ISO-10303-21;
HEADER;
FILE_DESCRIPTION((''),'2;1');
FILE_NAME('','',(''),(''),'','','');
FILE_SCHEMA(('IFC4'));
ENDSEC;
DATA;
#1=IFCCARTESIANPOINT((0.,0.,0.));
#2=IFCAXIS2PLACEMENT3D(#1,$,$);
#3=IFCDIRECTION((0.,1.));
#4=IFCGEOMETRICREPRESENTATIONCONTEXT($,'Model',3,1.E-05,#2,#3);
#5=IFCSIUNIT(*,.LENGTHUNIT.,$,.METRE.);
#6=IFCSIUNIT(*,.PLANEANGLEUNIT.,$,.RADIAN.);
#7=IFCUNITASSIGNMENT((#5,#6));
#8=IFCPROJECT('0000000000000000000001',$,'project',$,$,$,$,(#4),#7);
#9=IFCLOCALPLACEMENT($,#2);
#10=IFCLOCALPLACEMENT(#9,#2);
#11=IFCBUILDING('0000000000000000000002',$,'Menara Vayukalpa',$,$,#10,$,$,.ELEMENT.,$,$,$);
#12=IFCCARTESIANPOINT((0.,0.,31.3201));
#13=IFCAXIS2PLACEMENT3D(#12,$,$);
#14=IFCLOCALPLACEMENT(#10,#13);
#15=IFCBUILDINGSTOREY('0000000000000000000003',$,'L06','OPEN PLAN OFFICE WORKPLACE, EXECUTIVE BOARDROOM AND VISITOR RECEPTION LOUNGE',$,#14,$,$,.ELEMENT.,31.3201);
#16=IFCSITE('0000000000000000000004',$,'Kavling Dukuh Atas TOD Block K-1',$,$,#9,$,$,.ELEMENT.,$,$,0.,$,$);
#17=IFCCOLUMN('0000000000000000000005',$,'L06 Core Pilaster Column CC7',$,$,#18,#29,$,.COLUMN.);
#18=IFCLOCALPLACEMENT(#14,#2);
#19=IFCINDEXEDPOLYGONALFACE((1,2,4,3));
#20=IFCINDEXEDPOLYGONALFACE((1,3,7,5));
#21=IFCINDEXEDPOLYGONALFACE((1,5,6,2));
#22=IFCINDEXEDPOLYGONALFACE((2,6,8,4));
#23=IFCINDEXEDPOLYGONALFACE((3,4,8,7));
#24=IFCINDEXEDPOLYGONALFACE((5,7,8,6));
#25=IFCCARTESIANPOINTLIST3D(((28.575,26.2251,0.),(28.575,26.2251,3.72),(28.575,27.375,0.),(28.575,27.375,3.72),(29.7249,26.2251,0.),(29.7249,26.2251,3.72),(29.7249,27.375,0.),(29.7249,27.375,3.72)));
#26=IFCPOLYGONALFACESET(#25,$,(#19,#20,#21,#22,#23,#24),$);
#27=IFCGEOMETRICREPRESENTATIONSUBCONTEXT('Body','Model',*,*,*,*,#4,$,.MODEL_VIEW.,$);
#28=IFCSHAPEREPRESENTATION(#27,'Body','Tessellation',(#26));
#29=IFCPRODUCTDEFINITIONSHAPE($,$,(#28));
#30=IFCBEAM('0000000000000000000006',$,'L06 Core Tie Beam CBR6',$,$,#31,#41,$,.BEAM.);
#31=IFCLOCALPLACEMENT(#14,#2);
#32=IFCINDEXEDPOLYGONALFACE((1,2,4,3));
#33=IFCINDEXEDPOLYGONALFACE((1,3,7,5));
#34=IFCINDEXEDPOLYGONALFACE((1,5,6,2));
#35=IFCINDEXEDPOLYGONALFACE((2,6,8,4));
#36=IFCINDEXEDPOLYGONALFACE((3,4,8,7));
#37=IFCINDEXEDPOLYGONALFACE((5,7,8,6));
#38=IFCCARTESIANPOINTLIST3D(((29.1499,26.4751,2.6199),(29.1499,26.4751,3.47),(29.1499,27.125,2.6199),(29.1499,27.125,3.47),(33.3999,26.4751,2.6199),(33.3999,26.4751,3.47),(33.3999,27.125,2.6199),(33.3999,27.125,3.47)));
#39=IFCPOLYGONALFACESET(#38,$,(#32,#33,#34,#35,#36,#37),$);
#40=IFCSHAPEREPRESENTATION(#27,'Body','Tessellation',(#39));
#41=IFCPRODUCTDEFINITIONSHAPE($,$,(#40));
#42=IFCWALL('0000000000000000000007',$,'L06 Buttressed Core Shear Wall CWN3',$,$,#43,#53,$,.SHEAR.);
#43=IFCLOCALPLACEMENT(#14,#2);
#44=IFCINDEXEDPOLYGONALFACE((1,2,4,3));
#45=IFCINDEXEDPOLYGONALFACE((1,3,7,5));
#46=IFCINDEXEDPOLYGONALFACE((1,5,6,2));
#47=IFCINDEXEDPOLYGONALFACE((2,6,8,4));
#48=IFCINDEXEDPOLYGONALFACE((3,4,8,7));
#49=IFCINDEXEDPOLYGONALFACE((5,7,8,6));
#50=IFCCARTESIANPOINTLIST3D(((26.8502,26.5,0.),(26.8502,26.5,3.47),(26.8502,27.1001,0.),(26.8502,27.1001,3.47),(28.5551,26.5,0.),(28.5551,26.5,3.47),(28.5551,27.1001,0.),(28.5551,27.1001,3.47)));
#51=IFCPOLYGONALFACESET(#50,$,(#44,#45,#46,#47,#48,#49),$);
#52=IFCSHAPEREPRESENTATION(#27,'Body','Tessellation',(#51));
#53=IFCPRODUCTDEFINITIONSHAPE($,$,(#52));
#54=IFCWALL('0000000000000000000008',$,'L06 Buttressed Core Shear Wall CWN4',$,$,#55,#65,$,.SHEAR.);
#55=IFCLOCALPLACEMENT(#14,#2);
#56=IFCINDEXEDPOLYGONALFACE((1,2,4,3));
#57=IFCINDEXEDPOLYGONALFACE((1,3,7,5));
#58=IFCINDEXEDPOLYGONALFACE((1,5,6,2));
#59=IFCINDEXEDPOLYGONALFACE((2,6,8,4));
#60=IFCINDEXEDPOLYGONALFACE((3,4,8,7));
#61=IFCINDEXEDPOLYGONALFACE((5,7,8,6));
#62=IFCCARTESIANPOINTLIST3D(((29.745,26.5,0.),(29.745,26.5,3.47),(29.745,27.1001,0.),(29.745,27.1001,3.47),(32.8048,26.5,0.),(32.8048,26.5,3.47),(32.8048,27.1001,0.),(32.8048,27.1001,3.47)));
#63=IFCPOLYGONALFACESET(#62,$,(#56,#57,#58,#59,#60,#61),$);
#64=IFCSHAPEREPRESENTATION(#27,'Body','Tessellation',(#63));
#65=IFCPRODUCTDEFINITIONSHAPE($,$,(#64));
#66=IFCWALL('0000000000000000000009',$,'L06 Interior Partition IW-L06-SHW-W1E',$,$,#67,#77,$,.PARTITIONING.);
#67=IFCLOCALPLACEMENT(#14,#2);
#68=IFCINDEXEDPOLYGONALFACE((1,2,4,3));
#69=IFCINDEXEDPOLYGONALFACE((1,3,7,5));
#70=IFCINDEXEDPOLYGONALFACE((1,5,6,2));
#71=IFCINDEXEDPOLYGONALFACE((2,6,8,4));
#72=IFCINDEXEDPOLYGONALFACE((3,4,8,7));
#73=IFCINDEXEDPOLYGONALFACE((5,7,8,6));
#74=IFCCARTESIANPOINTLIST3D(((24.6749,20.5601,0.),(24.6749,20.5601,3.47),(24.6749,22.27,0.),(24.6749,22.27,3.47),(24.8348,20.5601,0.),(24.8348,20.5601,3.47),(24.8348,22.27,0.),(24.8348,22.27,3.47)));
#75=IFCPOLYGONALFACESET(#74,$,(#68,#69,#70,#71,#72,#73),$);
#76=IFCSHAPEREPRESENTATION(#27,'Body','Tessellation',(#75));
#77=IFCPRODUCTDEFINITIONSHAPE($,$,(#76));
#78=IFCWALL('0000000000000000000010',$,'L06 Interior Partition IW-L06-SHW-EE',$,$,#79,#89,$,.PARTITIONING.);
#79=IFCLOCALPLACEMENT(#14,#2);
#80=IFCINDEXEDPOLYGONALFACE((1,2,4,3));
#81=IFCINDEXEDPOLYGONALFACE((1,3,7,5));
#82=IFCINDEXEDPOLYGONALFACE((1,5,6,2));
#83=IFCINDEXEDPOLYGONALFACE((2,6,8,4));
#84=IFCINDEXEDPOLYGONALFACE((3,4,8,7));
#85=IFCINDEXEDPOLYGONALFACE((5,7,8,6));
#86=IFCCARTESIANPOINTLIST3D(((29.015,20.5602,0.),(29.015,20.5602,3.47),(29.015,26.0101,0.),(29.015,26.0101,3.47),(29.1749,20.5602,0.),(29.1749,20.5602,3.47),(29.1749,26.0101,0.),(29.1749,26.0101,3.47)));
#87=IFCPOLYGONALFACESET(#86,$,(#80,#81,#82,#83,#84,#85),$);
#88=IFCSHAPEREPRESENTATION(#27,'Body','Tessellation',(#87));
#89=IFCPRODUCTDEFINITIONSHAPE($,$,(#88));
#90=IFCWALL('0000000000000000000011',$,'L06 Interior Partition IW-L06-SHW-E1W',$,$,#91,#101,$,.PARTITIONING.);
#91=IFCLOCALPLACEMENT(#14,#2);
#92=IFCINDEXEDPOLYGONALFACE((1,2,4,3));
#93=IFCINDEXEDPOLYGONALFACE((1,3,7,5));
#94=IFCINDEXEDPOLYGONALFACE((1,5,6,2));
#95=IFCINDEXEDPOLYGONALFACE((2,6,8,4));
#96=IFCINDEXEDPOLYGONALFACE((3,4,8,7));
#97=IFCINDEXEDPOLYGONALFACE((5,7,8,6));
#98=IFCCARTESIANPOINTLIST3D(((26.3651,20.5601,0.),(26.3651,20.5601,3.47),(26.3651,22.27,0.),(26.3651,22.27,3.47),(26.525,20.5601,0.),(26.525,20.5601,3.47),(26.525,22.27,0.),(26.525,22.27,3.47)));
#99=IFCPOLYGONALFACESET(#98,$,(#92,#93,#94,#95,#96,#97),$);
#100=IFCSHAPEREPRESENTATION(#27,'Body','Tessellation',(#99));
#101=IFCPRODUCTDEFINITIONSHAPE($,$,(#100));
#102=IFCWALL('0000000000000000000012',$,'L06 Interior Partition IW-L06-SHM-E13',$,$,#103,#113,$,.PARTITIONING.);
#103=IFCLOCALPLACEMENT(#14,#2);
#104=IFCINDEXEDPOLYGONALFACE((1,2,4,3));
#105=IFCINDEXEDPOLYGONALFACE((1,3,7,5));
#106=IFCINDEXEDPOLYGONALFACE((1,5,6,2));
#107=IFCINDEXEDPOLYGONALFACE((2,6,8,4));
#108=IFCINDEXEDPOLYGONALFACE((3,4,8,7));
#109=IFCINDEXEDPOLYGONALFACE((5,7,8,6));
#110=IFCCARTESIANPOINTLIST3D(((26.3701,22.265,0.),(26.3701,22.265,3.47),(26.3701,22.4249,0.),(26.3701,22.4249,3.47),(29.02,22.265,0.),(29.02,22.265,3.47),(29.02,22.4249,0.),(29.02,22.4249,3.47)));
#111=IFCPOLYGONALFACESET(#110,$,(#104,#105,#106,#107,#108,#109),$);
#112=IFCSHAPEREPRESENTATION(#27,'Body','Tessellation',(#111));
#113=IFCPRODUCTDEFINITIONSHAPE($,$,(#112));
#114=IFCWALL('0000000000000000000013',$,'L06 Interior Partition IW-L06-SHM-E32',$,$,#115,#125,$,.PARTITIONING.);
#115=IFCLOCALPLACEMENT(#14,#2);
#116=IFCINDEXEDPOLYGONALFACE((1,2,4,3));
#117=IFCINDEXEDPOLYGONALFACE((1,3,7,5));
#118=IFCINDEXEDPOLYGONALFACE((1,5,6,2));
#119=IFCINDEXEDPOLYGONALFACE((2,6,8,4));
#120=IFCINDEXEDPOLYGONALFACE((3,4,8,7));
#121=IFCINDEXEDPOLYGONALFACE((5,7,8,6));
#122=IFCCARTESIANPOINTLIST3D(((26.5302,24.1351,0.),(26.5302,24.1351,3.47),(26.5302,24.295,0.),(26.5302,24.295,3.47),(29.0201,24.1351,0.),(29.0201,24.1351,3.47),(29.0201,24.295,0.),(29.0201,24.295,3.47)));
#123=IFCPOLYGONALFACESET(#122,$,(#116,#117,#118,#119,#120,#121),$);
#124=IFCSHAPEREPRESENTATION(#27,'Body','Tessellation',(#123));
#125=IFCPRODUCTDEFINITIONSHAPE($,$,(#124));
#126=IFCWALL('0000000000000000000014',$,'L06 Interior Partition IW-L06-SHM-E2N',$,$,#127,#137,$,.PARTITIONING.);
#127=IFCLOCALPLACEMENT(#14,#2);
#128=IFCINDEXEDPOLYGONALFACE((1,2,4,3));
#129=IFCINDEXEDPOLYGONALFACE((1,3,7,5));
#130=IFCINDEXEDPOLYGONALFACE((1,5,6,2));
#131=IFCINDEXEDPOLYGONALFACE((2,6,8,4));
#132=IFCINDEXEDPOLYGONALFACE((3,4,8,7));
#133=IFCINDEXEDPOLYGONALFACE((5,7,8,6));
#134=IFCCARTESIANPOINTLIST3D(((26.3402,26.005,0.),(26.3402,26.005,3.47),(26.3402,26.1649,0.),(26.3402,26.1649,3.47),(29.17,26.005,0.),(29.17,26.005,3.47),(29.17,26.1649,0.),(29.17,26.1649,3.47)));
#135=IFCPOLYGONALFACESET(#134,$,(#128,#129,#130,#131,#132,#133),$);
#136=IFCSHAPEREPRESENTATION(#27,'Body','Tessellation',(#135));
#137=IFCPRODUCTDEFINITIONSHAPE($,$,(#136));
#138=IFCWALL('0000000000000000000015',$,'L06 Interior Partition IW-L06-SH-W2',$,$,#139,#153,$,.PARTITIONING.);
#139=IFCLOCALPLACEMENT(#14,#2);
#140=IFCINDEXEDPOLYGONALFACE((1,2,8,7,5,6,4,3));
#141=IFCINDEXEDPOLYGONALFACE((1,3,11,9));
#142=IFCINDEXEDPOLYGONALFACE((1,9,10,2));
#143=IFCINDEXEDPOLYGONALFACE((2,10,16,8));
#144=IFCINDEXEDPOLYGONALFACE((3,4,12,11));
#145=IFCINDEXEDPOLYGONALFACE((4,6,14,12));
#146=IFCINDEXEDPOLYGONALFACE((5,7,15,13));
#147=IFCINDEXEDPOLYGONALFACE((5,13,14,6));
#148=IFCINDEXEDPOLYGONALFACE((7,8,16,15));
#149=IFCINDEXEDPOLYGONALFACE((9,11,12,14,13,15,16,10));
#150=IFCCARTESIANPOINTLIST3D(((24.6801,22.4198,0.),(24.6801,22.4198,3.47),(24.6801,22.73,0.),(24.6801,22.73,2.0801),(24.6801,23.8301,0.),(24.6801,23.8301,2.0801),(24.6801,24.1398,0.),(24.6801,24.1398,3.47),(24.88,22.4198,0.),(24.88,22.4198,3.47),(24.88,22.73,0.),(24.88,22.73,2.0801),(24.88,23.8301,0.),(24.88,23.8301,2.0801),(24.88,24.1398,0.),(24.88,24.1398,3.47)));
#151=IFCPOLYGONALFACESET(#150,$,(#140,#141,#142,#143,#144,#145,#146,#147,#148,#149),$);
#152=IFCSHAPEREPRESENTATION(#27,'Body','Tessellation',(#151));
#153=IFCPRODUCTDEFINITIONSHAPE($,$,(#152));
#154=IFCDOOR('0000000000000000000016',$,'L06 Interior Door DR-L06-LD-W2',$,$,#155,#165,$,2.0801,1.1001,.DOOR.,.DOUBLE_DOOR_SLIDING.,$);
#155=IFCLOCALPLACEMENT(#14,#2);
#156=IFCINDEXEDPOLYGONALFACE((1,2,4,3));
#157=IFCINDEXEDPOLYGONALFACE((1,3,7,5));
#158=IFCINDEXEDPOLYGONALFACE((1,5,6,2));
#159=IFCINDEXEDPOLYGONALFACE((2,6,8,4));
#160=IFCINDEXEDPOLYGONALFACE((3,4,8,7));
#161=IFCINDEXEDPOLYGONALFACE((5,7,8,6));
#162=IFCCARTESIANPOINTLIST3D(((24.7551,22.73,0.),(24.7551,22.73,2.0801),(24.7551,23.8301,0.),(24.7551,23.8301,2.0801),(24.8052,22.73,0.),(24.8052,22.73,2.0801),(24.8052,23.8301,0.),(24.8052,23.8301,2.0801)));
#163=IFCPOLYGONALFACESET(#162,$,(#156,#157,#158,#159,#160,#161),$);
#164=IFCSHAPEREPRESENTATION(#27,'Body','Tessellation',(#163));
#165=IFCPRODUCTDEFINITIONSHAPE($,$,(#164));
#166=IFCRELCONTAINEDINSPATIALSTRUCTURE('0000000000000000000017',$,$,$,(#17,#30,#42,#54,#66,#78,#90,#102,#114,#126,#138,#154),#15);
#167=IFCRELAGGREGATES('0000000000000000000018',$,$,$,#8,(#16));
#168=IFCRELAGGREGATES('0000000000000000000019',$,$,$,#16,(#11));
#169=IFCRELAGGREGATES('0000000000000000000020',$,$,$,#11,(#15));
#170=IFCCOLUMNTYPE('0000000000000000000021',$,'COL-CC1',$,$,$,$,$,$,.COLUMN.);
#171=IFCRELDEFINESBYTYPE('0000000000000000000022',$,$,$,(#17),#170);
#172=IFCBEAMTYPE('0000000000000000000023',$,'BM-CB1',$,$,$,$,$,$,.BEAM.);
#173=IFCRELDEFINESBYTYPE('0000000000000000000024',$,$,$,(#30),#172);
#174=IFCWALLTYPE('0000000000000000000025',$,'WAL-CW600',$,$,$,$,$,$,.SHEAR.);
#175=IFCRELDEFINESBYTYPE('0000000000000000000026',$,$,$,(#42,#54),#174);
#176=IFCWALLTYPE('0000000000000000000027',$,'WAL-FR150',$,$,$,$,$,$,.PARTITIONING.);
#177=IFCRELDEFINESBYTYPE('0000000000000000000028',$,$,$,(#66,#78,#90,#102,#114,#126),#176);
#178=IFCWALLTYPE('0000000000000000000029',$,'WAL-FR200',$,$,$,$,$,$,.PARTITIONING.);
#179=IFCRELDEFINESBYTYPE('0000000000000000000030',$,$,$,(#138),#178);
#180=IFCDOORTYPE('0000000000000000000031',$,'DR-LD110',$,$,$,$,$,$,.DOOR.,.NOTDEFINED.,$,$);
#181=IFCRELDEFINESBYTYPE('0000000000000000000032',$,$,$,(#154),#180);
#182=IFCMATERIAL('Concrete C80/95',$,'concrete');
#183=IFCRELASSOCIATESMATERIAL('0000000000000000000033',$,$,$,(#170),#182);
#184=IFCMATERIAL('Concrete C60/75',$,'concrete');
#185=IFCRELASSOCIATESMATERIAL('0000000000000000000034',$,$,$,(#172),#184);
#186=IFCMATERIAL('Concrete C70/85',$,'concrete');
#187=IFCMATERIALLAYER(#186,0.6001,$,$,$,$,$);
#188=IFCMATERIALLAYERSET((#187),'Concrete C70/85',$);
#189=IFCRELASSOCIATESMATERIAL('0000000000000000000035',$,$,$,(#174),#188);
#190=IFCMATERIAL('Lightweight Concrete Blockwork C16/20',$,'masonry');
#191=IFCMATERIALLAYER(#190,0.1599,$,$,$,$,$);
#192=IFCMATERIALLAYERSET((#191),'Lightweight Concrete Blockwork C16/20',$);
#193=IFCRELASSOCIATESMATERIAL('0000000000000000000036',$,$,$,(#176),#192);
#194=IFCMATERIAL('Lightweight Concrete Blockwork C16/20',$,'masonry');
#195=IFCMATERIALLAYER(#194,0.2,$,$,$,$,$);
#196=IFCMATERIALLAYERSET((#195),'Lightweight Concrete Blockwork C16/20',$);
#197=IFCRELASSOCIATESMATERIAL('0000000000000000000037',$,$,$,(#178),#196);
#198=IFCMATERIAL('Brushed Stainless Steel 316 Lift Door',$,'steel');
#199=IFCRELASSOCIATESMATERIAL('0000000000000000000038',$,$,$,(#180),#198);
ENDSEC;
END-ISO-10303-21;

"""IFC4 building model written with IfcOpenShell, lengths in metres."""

from ifc_helpers import new_model, si_unit, direction, frame, frame_2d, origin, origin_2d, place, context, subcontext, project, spatial, rectangle, extrude, material, layer, layer_set, material_profile, profile_set, type_object, element, fill, save


model = new_model("IFC4")

# Units and contexts
model_context = context("Model", 3, precision=1e-05, world=origin(), true_north=direction((0.0, 1.0)))
body_context = subcontext(model_context, "Body", "Model", "MODEL_VIEW")
ifc_project = project(units=[si_unit("LENGTHUNIT", "METRE"), si_unit("PLANEANGLEUNIT", "RADIAN")], contexts=[model_context])

# Site, building, storey
site_placement = place(None, origin())
site = spatial("IfcSite", under=ifc_project, at=site_placement, Name="Kavling Dukuh Atas TOD Block K-1", CompositionType="ELEMENT", RefElevation=0.0)
building_placement = place(site_placement, origin())
building = spatial("IfcBuilding", under=site, at=building_placement, Name="Menara Vayukalpa", CompositionType="ELEMENT")
storey_placement = place(building_placement, frame((0.0, 0.0, 31.3201)))
storey = spatial("IfcBuildingStorey", under=building, at=storey_placement, Name="L06", Description="OPEN PLAN OFFICE WORKPLACE, EXECUTIVE BOARDROOM AND VISITOR RECEPTION LOUNGE", CompositionType="ELEMENT", Elevation=31.3201)

# Column
ifc_material_1 = material(Name="Concrete C80/95", Category="concrete")
ifc_material_profile_1 = material_profile(ifc_material_1, rectangle(XDim=1.1499, YDim=1.1499, at=origin_2d()), Name="RC 1150x1150")
ifc_profile_set_1 = profile_set([ifc_material_profile_1], Name="Concrete C80/95")
column_type = type_object("IfcColumnType", Name="COL-CC1", PredefinedType="COLUMN", material=ifc_profile_set_1)
column_placement = place(storey_placement, frame((29.1499, 26.8, 0.0), z_axis=(0.0, 0.0, 1.0), x_axis=(1.0, 0.0, 0.0)))
element("IfcColumn", 1, at=column_placement, inside=storey, type_object=column_type, Name="L06 Core Pilaster Column CC7", PredefinedType="COLUMN", context=body_context, shape_type="SweptSolid", body=[
    extrude(rectangle(XDim=1.1499, YDim=1.1499, at=origin_2d()), origin(), (0.0, 0.0, 1.0), 3.72),
])

# Beam
ifc_material_2 = material(Name="Concrete C60/75", Category="concrete")
ifc_material_profile_2 = material_profile(ifc_material_2, rectangle(XDim=0.6499, YDim=0.8501, at=origin_2d()), Name="RC 650x850")
ifc_profile_set_2 = profile_set([ifc_material_profile_2], Name="Concrete C60/75")
beam_type = type_object("IfcBeamType", Name="BM-CB1", PredefinedType="BEAM", material=ifc_profile_set_2)
beam_placement = place(storey_placement, frame((29.1499, 26.8, 3.0449), z_axis=(1.0, 0.0, 0.0), x_axis=(0.0, 1.0, 0.0)))
element("IfcBeam", 2, at=beam_placement, inside=storey, type_object=beam_type, Name="L06 Core Tie Beam CBR6", PredefinedType="BEAM", context=body_context, shape_type="SweptSolid", body=[
    extrude(rectangle(XDim=0.6499, YDim=0.8501, at=origin_2d()), origin(), (0.0, 0.0, 1.0), 4.25),
])

# Walls
ifc_material_3 = material(Name="Concrete C70/85", Category="concrete")
ifc_layer_1 = layer(ifc_material_3, 0.6001)
ifc_layer_set_1 = layer_set([ifc_layer_1], Name="Concrete C70/85")
wall_type_1 = type_object("IfcWallType", Name="WAL-CW600", PredefinedType="SHEAR", material=ifc_layer_set_1)
wall_1_placement = place(storey_placement, frame((26.8501, 26.8, 0.0), z_axis=(0.0, 0.0, 1.0), x_axis=(1.0, 0.0, 0.0)))
element("IfcWall", 3, at=wall_1_placement, inside=storey, type_object=wall_type_1, Name="L06 Buttressed Core Shear Wall CWN3", PredefinedType="SHEAR", context=body_context, shape_type="SweptSolid", body=[
    extrude(rectangle(XDim=1.7048, YDim=0.6001, at=frame_2d((0.8525, 0.0))), origin(), (0.0, 0.0, 1.0), 3.47),
])
wall_2_placement = place(storey_placement, frame((29.7451, 26.8, 0.0), z_axis=(0.0, 0.0, 1.0), x_axis=(1.0, 0.0, 0.0)))
element("IfcWall", 4, at=wall_2_placement, inside=storey, type_object=wall_type_1, Name="L06 Buttressed Core Shear Wall CWN4", PredefinedType="SHEAR", context=body_context, shape_type="SweptSolid", body=[
    extrude(rectangle(XDim=3.0598, YDim=0.6001, at=frame_2d((1.5298, 0.0))), origin(), (0.0, 0.0, 1.0), 3.47),
])
ifc_material_4 = material(Name="Lightweight Concrete Blockwork C16/20", Category="masonry")
ifc_layer_2 = layer(ifc_material_4, 0.1599)
ifc_layer_set_2 = layer_set([ifc_layer_2], Name="Lightweight Concrete Blockwork C16/20")
wall_type_2 = type_object("IfcWallType", Name="WAL-FR150", PredefinedType="PARTITIONING", material=ifc_layer_set_2)
wall_3_placement = place(storey_placement, frame((24.7549, 20.5601, 0.0), z_axis=(0.0, 0.0, 1.0), x_axis=(0.0, 1.0, 0.0)))
element("IfcWall", 5, at=wall_3_placement, inside=storey, type_object=wall_type_2, Name="L06 Interior Partition IW-L06-SHW-W1E", PredefinedType="PARTITIONING", context=body_context, shape_type="SweptSolid", body=[
    extrude(rectangle(XDim=1.71, YDim=0.1599, at=frame_2d((0.855, 0.0))), origin(), (0.0, 0.0, 1.0), 3.47),
])
wall_4_placement = place(storey_placement, frame((29.095, 20.5601, 0.0), z_axis=(0.0, 0.0, 1.0), x_axis=(0.0, 1.0, 0.0)))
element("IfcWall", 6, at=wall_4_placement, inside=storey, type_object=wall_type_2, Name="L06 Interior Partition IW-L06-SHW-EE", PredefinedType="PARTITIONING", context=body_context, shape_type="SweptSolid", body=[
    extrude(rectangle(XDim=5.45, YDim=0.1599, at=frame_2d((2.7251, 0.0))), origin(), (0.0, 0.0, 1.0), 3.47),
])
wall_5_placement = place(storey_placement, frame((26.4451, 20.5601, 0.0), z_axis=(0.0, 0.0, 1.0), x_axis=(0.0, 1.0, 0.0)))
element("IfcWall", 7, at=wall_5_placement, inside=storey, type_object=wall_type_2, Name="L06 Interior Partition IW-L06-SHW-E1W", PredefinedType="PARTITIONING", context=body_context, shape_type="SweptSolid", body=[
    extrude(rectangle(XDim=1.71, YDim=0.1599, at=frame_2d((0.855, 0.0))), origin(), (0.0, 0.0, 1.0), 3.47),
])
wall_6_placement = place(storey_placement, frame((26.3701, 22.345, 0.0), z_axis=(0.0, 0.0, 1.0), x_axis=(1.0, 0.0, 0.0)))
element("IfcWall", 8, at=wall_6_placement, inside=storey, type_object=wall_type_2, Name="L06 Interior Partition IW-L06-SHM-E13", PredefinedType="PARTITIONING", context=body_context, shape_type="SweptSolid", body=[
    extrude(rectangle(XDim=2.6499, YDim=0.1599, at=frame_2d((1.325, 0.0))), origin(), (0.0, 0.0, 1.0), 3.47),
])
wall_7_placement = place(storey_placement, frame((26.53, 24.2151, 0.0), z_axis=(0.0, 0.0, 1.0), x_axis=(1.0, 0.0, 0.0)))
element("IfcWall", 9, at=wall_7_placement, inside=storey, type_object=wall_type_2, Name="L06 Interior Partition IW-L06-SHM-E32", PredefinedType="PARTITIONING", context=body_context, shape_type="SweptSolid", body=[
    extrude(rectangle(XDim=2.49, YDim=0.1599, at=frame_2d((1.2451, 0.0))), origin(), (0.0, 0.0, 1.0), 3.47),
])
wall_8_placement = place(storey_placement, frame((26.3401, 26.085, 0.0), z_axis=(0.0, 0.0, 1.0), x_axis=(1.0, 0.0, 0.0)))
element("IfcWall", 10, at=wall_8_placement, inside=storey, type_object=wall_type_2, Name="L06 Interior Partition IW-L06-SHM-E2N", PredefinedType="PARTITIONING", context=body_context, shape_type="SweptSolid", body=[
    extrude(rectangle(XDim=2.8298, YDim=0.1599, at=frame_2d((1.415, 0.0))), origin(), (0.0, 0.0, 1.0), 3.47),
])

# Wall, opening, door
ifc_material_5 = material(Name="Lightweight Concrete Blockwork C16/20", Category="masonry")
ifc_layer_3 = layer(ifc_material_5, 0.2)
ifc_layer_set_3 = layer_set([ifc_layer_3], Name="Lightweight Concrete Blockwork C16/20")
wall_type_3 = type_object("IfcWallType", Name="WAL-FR200", PredefinedType="PARTITIONING", material=ifc_layer_set_3)
wall_9_placement = place(storey_placement, frame((24.78, 22.4199, 0.0), z_axis=(0.0, 0.0, 1.0), x_axis=(0.0, 1.0, 0.0)))
wall_9 = element("IfcWall", 11, at=wall_9_placement, inside=storey, type_object=wall_type_3, Name="L06 Interior Partition IW-L06-SH-W2", PredefinedType="PARTITIONING", context=body_context, shape_type="SweptSolid", body=[
    extrude(rectangle(XDim=1.72, YDim=0.2, at=frame_2d((0.8599, 0.0))), origin(), (0.0, 0.0, 1.0), 3.47),
])
opening_1_placement = place(wall_9_placement, frame((0.3101, 0.0, 0.0)))
opening_1 = element("IfcOpeningElement", 12, at=opening_1_placement, cuts=wall_9, PredefinedType="OPENING", context=body_context, shape_type="SweptSolid", body=[
    extrude(rectangle(XDim=1.1001, YDim=2.0801, at=frame_2d((0.55, 1.04))), frame((0.0, 0.1099, 0.0), z_axis=(0.0, -1.0, 0.0), x_axis=(1.0, 0.0, 0.0)), (0.0, 0.0, 1.0), 0.22),
])
ifc_material_6 = material(Name="Brushed Stainless Steel 316 Lift Door", Category="steel")
door_type = type_object("IfcDoorType", Name="DR-LD110", OperationType="NOTDEFINED", PredefinedType="DOOR", material=ifc_material_6)
door_1_placement = place(opening_1_placement, origin())
door_1 = element("IfcDoor", 13, at=door_1_placement, inside=storey, type_object=door_type, Name="L06 Interior Door DR-L06-LD-W2", OperationType="DOUBLE_DOOR_SLIDING", OverallHeight=2.0801, OverallWidth=1.1001, PredefinedType="DOOR", context=body_context, shape_type="SweptSolid", body=[
    extrude(rectangle(XDim=1.1001, YDim=2.0801, at=frame_2d((0.55, 1.04))), frame((0.0, 0.0249, 0.0), z_axis=(0.0, -1.0, 0.0), x_axis=(1.0, 0.0, 0.0)), (0.0, 0.0, 1.0), 0.05),
])
fill(opening_1, door_1)

save(model, "model.ifc")
